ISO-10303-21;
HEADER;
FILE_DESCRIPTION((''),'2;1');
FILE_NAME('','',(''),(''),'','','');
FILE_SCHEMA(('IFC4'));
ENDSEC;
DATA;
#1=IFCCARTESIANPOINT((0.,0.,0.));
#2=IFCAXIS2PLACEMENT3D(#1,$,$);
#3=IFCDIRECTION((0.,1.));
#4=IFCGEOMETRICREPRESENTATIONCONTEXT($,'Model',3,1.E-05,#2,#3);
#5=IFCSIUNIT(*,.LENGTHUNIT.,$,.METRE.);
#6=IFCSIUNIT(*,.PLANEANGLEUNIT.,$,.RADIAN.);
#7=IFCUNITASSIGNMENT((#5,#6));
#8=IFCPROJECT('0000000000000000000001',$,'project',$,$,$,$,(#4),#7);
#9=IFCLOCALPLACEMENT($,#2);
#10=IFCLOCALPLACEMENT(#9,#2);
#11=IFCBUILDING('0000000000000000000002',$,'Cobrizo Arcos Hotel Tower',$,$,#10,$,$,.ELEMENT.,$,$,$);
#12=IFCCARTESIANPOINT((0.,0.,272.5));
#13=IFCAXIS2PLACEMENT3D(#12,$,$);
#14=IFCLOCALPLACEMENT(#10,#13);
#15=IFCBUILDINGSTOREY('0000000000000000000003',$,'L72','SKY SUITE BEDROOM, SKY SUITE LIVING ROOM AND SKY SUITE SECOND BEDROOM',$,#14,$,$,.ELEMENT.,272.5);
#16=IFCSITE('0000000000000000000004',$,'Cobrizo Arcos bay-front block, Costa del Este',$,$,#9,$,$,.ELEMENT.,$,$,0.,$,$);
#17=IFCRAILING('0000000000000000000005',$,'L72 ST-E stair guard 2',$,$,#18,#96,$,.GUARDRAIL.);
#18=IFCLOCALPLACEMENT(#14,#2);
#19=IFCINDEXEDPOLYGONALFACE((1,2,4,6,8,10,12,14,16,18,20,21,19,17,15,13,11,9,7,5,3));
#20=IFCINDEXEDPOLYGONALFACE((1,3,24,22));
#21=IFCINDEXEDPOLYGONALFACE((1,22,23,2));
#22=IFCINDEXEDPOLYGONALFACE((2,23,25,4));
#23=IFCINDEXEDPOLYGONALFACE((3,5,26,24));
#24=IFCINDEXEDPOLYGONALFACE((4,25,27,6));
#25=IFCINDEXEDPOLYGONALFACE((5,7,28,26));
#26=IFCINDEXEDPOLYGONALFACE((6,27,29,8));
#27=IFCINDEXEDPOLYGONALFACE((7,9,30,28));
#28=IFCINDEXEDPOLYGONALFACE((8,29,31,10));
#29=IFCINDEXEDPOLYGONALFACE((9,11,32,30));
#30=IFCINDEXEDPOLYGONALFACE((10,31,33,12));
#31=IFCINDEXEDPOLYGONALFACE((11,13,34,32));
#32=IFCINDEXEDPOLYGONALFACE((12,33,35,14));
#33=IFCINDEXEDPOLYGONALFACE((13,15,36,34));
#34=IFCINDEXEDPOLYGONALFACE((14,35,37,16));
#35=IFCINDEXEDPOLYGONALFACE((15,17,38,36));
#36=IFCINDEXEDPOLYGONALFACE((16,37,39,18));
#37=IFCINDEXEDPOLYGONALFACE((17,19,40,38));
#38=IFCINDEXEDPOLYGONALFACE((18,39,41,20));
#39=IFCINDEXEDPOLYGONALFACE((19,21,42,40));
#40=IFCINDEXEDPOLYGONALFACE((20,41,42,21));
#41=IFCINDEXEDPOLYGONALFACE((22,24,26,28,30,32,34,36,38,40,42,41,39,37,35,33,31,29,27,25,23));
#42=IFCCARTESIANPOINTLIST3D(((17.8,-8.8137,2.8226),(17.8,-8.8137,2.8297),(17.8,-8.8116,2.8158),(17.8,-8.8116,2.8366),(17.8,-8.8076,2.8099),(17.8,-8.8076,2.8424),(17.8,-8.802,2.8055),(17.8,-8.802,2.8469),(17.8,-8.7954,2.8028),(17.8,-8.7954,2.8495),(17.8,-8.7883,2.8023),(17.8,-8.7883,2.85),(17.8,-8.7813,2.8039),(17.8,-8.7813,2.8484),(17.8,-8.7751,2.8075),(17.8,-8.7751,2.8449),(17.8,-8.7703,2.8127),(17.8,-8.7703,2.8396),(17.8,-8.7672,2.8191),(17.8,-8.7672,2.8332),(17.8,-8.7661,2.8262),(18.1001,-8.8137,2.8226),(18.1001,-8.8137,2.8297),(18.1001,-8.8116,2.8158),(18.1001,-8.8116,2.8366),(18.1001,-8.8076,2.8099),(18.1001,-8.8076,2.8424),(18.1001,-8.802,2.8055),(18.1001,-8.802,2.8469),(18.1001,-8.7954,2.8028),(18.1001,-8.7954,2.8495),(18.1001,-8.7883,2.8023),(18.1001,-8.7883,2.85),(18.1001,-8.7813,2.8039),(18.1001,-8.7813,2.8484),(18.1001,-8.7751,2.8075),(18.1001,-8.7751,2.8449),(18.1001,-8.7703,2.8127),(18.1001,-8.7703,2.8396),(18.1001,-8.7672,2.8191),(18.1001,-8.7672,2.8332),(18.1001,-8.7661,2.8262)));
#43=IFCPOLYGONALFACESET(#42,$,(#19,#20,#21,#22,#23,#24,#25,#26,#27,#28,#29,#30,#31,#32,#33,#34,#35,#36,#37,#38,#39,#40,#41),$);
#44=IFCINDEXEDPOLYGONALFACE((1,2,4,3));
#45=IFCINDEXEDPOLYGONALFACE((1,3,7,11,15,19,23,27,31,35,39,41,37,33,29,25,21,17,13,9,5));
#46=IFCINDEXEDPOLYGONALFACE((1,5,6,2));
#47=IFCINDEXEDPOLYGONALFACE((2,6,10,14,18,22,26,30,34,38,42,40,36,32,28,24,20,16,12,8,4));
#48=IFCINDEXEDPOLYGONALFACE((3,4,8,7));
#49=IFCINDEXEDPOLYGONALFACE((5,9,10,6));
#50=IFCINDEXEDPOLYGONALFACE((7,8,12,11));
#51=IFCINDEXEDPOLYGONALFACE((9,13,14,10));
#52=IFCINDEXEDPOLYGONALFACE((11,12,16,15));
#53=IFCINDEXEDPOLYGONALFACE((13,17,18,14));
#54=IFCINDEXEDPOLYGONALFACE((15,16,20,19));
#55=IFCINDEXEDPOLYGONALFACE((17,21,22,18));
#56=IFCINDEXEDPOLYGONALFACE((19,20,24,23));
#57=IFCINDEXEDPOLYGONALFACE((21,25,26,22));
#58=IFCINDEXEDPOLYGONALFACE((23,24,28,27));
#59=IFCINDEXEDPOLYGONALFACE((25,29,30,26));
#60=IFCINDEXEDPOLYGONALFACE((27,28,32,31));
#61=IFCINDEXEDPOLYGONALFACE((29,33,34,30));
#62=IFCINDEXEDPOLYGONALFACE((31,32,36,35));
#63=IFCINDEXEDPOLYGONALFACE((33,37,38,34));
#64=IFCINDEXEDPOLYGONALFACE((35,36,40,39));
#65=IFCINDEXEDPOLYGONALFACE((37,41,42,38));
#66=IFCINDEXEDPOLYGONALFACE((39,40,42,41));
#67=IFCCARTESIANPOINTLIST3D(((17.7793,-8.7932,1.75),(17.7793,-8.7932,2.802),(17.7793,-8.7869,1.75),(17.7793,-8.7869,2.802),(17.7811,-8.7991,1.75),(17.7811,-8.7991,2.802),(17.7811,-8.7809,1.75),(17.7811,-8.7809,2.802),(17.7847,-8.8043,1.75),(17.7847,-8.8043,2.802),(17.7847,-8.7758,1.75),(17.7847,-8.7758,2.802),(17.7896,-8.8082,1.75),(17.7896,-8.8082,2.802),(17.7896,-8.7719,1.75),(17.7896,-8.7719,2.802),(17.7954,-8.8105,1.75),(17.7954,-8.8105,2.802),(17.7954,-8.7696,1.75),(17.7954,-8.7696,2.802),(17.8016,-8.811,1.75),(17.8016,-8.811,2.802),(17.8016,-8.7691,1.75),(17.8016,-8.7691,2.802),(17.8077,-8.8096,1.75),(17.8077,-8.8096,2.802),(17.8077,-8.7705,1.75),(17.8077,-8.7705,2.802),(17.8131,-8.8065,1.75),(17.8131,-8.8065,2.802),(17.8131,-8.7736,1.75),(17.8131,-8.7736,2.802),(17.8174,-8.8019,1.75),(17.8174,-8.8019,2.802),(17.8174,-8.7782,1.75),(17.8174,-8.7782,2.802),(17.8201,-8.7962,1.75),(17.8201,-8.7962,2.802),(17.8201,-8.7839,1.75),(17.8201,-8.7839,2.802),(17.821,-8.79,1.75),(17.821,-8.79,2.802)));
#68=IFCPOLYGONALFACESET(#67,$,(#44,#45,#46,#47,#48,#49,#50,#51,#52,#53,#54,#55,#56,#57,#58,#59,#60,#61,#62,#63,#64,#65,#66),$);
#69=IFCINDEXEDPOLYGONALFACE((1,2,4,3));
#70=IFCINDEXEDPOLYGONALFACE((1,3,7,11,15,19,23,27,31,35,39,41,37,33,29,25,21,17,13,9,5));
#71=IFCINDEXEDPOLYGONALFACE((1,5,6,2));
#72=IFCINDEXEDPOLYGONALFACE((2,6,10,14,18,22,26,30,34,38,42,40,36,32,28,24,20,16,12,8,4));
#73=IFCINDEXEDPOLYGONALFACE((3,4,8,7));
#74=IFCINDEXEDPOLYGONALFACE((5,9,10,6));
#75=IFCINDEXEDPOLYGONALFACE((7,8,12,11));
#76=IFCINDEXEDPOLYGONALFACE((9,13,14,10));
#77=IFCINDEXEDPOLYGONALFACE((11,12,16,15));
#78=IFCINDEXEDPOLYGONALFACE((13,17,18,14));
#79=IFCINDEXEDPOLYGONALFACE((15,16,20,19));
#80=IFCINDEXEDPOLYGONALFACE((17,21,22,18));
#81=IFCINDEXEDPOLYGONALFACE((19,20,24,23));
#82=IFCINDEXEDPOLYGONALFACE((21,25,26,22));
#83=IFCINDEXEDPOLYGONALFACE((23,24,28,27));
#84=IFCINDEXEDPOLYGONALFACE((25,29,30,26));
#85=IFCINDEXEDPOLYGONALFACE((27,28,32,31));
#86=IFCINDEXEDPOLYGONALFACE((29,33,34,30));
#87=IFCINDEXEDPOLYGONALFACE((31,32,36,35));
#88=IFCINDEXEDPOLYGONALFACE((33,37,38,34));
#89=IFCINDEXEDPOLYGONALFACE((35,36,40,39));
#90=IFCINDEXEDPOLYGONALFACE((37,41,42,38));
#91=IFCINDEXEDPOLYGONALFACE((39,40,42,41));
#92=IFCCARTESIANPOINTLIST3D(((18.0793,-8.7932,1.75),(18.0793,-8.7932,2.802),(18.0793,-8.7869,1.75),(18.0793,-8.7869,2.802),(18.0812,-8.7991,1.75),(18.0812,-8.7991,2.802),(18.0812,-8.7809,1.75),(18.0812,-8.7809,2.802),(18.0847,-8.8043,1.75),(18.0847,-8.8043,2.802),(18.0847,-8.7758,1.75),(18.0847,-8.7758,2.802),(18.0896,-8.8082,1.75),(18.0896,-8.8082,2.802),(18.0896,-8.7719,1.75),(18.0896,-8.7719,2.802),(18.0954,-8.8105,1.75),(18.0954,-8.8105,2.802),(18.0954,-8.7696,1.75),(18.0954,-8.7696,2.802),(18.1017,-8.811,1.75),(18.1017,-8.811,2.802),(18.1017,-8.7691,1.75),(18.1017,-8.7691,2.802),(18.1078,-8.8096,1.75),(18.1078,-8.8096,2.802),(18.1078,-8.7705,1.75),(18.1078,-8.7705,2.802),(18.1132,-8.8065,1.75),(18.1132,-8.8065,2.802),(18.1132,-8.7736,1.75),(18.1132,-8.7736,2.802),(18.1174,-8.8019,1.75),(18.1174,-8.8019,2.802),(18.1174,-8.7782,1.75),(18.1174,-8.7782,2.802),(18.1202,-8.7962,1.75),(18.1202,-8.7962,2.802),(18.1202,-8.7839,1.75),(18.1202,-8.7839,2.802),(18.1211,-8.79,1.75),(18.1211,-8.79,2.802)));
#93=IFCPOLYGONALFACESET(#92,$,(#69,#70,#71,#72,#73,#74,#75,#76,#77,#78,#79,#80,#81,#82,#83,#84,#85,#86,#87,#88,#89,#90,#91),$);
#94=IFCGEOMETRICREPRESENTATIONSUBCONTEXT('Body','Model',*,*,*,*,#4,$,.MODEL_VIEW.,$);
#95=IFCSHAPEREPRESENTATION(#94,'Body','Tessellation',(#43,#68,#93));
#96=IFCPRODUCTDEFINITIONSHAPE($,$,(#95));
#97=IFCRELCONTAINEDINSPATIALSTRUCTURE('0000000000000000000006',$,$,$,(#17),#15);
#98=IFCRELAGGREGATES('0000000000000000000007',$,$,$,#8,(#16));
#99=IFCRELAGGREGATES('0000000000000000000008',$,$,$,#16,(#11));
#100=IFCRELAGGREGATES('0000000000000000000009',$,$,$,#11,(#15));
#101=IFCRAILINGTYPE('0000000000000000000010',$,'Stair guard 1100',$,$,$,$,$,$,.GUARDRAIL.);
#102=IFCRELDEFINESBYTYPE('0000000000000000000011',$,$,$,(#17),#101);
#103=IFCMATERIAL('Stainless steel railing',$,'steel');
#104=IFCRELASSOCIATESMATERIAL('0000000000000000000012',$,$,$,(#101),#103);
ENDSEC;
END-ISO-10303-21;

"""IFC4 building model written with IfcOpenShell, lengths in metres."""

from ifc_helpers import new_model, si_unit, direction, frame, origin, origin_2d, place, context, subcontext, project, spatial, circle, extrude, material, type_object, element, save


model = new_model("IFC4")

# Units and contexts
model_context = context("Model", 3, precision=1e-05, world=origin(), true_north=direction((0.0, 1.0)))
body_context = subcontext(model_context, "Body", "Model", "MODEL_VIEW")
ifc_project = project(units=[si_unit("LENGTHUNIT", "METRE"), si_unit("PLANEANGLEUNIT", "RADIAN")], contexts=[model_context])

# Site, building, storey
site_placement = place(None, origin())
site = spatial("IfcSite", under=ifc_project, at=site_placement, Name="Cobrizo Arcos bay-front block, Costa del Este", CompositionType="ELEMENT", RefElevation=0.0)
building_placement = place(site_placement, origin())
building = spatial("IfcBuilding", under=site, at=building_placement, Name="Cobrizo Arcos Hotel Tower", CompositionType="ELEMENT")
storey_placement = place(building_placement, frame((0.0, 0.0, 272.5)))
storey = spatial("IfcBuildingStorey", under=building, at=storey_placement, Name="L72", Description="SKY SUITE BEDROOM, SKY SUITE LIVING ROOM AND SKY SUITE SECOND BEDROOM", CompositionType="ELEMENT", Elevation=272.5)

# Railing
ifc_material_1 = material(Name="Stainless steel railing", Category="steel")
railing_type_1 = type_object("IfcRailingType", Name="Stair guard 1100", PredefinedType="GUARDRAIL", material=ifc_material_1)
railing_1_placement = place(storey_placement, frame((17.8, -8.79, 1.75)))
element("IfcRailing", 1, at=railing_1_placement, inside=storey, type_object=railing_type_1, Name="L72 ST-E stair guard 2", PredefinedType="GUARDRAIL", context=body_context, shape_type="SweptSolid", body=[
    extrude(circle(Radius=0.0239, at=origin_2d()), frame((0.0, 0.0, 1.0762), z_axis=(1.0, 0.0, 0.0), x_axis=(0.0, 1.0, 0.0)), (0.0, 0.0, 1.0), 0.3),
    extrude(circle(Radius=0.021, at=origin_2d()), origin(), (0.0, 0.0, 1.0), 1.052),
    extrude(circle(Radius=0.021, at=origin_2d()), frame((0.3, 0.0, 0.0)), (0.0, 0.0, 1.0), 1.052),
])

save(model, "model.ifc")
